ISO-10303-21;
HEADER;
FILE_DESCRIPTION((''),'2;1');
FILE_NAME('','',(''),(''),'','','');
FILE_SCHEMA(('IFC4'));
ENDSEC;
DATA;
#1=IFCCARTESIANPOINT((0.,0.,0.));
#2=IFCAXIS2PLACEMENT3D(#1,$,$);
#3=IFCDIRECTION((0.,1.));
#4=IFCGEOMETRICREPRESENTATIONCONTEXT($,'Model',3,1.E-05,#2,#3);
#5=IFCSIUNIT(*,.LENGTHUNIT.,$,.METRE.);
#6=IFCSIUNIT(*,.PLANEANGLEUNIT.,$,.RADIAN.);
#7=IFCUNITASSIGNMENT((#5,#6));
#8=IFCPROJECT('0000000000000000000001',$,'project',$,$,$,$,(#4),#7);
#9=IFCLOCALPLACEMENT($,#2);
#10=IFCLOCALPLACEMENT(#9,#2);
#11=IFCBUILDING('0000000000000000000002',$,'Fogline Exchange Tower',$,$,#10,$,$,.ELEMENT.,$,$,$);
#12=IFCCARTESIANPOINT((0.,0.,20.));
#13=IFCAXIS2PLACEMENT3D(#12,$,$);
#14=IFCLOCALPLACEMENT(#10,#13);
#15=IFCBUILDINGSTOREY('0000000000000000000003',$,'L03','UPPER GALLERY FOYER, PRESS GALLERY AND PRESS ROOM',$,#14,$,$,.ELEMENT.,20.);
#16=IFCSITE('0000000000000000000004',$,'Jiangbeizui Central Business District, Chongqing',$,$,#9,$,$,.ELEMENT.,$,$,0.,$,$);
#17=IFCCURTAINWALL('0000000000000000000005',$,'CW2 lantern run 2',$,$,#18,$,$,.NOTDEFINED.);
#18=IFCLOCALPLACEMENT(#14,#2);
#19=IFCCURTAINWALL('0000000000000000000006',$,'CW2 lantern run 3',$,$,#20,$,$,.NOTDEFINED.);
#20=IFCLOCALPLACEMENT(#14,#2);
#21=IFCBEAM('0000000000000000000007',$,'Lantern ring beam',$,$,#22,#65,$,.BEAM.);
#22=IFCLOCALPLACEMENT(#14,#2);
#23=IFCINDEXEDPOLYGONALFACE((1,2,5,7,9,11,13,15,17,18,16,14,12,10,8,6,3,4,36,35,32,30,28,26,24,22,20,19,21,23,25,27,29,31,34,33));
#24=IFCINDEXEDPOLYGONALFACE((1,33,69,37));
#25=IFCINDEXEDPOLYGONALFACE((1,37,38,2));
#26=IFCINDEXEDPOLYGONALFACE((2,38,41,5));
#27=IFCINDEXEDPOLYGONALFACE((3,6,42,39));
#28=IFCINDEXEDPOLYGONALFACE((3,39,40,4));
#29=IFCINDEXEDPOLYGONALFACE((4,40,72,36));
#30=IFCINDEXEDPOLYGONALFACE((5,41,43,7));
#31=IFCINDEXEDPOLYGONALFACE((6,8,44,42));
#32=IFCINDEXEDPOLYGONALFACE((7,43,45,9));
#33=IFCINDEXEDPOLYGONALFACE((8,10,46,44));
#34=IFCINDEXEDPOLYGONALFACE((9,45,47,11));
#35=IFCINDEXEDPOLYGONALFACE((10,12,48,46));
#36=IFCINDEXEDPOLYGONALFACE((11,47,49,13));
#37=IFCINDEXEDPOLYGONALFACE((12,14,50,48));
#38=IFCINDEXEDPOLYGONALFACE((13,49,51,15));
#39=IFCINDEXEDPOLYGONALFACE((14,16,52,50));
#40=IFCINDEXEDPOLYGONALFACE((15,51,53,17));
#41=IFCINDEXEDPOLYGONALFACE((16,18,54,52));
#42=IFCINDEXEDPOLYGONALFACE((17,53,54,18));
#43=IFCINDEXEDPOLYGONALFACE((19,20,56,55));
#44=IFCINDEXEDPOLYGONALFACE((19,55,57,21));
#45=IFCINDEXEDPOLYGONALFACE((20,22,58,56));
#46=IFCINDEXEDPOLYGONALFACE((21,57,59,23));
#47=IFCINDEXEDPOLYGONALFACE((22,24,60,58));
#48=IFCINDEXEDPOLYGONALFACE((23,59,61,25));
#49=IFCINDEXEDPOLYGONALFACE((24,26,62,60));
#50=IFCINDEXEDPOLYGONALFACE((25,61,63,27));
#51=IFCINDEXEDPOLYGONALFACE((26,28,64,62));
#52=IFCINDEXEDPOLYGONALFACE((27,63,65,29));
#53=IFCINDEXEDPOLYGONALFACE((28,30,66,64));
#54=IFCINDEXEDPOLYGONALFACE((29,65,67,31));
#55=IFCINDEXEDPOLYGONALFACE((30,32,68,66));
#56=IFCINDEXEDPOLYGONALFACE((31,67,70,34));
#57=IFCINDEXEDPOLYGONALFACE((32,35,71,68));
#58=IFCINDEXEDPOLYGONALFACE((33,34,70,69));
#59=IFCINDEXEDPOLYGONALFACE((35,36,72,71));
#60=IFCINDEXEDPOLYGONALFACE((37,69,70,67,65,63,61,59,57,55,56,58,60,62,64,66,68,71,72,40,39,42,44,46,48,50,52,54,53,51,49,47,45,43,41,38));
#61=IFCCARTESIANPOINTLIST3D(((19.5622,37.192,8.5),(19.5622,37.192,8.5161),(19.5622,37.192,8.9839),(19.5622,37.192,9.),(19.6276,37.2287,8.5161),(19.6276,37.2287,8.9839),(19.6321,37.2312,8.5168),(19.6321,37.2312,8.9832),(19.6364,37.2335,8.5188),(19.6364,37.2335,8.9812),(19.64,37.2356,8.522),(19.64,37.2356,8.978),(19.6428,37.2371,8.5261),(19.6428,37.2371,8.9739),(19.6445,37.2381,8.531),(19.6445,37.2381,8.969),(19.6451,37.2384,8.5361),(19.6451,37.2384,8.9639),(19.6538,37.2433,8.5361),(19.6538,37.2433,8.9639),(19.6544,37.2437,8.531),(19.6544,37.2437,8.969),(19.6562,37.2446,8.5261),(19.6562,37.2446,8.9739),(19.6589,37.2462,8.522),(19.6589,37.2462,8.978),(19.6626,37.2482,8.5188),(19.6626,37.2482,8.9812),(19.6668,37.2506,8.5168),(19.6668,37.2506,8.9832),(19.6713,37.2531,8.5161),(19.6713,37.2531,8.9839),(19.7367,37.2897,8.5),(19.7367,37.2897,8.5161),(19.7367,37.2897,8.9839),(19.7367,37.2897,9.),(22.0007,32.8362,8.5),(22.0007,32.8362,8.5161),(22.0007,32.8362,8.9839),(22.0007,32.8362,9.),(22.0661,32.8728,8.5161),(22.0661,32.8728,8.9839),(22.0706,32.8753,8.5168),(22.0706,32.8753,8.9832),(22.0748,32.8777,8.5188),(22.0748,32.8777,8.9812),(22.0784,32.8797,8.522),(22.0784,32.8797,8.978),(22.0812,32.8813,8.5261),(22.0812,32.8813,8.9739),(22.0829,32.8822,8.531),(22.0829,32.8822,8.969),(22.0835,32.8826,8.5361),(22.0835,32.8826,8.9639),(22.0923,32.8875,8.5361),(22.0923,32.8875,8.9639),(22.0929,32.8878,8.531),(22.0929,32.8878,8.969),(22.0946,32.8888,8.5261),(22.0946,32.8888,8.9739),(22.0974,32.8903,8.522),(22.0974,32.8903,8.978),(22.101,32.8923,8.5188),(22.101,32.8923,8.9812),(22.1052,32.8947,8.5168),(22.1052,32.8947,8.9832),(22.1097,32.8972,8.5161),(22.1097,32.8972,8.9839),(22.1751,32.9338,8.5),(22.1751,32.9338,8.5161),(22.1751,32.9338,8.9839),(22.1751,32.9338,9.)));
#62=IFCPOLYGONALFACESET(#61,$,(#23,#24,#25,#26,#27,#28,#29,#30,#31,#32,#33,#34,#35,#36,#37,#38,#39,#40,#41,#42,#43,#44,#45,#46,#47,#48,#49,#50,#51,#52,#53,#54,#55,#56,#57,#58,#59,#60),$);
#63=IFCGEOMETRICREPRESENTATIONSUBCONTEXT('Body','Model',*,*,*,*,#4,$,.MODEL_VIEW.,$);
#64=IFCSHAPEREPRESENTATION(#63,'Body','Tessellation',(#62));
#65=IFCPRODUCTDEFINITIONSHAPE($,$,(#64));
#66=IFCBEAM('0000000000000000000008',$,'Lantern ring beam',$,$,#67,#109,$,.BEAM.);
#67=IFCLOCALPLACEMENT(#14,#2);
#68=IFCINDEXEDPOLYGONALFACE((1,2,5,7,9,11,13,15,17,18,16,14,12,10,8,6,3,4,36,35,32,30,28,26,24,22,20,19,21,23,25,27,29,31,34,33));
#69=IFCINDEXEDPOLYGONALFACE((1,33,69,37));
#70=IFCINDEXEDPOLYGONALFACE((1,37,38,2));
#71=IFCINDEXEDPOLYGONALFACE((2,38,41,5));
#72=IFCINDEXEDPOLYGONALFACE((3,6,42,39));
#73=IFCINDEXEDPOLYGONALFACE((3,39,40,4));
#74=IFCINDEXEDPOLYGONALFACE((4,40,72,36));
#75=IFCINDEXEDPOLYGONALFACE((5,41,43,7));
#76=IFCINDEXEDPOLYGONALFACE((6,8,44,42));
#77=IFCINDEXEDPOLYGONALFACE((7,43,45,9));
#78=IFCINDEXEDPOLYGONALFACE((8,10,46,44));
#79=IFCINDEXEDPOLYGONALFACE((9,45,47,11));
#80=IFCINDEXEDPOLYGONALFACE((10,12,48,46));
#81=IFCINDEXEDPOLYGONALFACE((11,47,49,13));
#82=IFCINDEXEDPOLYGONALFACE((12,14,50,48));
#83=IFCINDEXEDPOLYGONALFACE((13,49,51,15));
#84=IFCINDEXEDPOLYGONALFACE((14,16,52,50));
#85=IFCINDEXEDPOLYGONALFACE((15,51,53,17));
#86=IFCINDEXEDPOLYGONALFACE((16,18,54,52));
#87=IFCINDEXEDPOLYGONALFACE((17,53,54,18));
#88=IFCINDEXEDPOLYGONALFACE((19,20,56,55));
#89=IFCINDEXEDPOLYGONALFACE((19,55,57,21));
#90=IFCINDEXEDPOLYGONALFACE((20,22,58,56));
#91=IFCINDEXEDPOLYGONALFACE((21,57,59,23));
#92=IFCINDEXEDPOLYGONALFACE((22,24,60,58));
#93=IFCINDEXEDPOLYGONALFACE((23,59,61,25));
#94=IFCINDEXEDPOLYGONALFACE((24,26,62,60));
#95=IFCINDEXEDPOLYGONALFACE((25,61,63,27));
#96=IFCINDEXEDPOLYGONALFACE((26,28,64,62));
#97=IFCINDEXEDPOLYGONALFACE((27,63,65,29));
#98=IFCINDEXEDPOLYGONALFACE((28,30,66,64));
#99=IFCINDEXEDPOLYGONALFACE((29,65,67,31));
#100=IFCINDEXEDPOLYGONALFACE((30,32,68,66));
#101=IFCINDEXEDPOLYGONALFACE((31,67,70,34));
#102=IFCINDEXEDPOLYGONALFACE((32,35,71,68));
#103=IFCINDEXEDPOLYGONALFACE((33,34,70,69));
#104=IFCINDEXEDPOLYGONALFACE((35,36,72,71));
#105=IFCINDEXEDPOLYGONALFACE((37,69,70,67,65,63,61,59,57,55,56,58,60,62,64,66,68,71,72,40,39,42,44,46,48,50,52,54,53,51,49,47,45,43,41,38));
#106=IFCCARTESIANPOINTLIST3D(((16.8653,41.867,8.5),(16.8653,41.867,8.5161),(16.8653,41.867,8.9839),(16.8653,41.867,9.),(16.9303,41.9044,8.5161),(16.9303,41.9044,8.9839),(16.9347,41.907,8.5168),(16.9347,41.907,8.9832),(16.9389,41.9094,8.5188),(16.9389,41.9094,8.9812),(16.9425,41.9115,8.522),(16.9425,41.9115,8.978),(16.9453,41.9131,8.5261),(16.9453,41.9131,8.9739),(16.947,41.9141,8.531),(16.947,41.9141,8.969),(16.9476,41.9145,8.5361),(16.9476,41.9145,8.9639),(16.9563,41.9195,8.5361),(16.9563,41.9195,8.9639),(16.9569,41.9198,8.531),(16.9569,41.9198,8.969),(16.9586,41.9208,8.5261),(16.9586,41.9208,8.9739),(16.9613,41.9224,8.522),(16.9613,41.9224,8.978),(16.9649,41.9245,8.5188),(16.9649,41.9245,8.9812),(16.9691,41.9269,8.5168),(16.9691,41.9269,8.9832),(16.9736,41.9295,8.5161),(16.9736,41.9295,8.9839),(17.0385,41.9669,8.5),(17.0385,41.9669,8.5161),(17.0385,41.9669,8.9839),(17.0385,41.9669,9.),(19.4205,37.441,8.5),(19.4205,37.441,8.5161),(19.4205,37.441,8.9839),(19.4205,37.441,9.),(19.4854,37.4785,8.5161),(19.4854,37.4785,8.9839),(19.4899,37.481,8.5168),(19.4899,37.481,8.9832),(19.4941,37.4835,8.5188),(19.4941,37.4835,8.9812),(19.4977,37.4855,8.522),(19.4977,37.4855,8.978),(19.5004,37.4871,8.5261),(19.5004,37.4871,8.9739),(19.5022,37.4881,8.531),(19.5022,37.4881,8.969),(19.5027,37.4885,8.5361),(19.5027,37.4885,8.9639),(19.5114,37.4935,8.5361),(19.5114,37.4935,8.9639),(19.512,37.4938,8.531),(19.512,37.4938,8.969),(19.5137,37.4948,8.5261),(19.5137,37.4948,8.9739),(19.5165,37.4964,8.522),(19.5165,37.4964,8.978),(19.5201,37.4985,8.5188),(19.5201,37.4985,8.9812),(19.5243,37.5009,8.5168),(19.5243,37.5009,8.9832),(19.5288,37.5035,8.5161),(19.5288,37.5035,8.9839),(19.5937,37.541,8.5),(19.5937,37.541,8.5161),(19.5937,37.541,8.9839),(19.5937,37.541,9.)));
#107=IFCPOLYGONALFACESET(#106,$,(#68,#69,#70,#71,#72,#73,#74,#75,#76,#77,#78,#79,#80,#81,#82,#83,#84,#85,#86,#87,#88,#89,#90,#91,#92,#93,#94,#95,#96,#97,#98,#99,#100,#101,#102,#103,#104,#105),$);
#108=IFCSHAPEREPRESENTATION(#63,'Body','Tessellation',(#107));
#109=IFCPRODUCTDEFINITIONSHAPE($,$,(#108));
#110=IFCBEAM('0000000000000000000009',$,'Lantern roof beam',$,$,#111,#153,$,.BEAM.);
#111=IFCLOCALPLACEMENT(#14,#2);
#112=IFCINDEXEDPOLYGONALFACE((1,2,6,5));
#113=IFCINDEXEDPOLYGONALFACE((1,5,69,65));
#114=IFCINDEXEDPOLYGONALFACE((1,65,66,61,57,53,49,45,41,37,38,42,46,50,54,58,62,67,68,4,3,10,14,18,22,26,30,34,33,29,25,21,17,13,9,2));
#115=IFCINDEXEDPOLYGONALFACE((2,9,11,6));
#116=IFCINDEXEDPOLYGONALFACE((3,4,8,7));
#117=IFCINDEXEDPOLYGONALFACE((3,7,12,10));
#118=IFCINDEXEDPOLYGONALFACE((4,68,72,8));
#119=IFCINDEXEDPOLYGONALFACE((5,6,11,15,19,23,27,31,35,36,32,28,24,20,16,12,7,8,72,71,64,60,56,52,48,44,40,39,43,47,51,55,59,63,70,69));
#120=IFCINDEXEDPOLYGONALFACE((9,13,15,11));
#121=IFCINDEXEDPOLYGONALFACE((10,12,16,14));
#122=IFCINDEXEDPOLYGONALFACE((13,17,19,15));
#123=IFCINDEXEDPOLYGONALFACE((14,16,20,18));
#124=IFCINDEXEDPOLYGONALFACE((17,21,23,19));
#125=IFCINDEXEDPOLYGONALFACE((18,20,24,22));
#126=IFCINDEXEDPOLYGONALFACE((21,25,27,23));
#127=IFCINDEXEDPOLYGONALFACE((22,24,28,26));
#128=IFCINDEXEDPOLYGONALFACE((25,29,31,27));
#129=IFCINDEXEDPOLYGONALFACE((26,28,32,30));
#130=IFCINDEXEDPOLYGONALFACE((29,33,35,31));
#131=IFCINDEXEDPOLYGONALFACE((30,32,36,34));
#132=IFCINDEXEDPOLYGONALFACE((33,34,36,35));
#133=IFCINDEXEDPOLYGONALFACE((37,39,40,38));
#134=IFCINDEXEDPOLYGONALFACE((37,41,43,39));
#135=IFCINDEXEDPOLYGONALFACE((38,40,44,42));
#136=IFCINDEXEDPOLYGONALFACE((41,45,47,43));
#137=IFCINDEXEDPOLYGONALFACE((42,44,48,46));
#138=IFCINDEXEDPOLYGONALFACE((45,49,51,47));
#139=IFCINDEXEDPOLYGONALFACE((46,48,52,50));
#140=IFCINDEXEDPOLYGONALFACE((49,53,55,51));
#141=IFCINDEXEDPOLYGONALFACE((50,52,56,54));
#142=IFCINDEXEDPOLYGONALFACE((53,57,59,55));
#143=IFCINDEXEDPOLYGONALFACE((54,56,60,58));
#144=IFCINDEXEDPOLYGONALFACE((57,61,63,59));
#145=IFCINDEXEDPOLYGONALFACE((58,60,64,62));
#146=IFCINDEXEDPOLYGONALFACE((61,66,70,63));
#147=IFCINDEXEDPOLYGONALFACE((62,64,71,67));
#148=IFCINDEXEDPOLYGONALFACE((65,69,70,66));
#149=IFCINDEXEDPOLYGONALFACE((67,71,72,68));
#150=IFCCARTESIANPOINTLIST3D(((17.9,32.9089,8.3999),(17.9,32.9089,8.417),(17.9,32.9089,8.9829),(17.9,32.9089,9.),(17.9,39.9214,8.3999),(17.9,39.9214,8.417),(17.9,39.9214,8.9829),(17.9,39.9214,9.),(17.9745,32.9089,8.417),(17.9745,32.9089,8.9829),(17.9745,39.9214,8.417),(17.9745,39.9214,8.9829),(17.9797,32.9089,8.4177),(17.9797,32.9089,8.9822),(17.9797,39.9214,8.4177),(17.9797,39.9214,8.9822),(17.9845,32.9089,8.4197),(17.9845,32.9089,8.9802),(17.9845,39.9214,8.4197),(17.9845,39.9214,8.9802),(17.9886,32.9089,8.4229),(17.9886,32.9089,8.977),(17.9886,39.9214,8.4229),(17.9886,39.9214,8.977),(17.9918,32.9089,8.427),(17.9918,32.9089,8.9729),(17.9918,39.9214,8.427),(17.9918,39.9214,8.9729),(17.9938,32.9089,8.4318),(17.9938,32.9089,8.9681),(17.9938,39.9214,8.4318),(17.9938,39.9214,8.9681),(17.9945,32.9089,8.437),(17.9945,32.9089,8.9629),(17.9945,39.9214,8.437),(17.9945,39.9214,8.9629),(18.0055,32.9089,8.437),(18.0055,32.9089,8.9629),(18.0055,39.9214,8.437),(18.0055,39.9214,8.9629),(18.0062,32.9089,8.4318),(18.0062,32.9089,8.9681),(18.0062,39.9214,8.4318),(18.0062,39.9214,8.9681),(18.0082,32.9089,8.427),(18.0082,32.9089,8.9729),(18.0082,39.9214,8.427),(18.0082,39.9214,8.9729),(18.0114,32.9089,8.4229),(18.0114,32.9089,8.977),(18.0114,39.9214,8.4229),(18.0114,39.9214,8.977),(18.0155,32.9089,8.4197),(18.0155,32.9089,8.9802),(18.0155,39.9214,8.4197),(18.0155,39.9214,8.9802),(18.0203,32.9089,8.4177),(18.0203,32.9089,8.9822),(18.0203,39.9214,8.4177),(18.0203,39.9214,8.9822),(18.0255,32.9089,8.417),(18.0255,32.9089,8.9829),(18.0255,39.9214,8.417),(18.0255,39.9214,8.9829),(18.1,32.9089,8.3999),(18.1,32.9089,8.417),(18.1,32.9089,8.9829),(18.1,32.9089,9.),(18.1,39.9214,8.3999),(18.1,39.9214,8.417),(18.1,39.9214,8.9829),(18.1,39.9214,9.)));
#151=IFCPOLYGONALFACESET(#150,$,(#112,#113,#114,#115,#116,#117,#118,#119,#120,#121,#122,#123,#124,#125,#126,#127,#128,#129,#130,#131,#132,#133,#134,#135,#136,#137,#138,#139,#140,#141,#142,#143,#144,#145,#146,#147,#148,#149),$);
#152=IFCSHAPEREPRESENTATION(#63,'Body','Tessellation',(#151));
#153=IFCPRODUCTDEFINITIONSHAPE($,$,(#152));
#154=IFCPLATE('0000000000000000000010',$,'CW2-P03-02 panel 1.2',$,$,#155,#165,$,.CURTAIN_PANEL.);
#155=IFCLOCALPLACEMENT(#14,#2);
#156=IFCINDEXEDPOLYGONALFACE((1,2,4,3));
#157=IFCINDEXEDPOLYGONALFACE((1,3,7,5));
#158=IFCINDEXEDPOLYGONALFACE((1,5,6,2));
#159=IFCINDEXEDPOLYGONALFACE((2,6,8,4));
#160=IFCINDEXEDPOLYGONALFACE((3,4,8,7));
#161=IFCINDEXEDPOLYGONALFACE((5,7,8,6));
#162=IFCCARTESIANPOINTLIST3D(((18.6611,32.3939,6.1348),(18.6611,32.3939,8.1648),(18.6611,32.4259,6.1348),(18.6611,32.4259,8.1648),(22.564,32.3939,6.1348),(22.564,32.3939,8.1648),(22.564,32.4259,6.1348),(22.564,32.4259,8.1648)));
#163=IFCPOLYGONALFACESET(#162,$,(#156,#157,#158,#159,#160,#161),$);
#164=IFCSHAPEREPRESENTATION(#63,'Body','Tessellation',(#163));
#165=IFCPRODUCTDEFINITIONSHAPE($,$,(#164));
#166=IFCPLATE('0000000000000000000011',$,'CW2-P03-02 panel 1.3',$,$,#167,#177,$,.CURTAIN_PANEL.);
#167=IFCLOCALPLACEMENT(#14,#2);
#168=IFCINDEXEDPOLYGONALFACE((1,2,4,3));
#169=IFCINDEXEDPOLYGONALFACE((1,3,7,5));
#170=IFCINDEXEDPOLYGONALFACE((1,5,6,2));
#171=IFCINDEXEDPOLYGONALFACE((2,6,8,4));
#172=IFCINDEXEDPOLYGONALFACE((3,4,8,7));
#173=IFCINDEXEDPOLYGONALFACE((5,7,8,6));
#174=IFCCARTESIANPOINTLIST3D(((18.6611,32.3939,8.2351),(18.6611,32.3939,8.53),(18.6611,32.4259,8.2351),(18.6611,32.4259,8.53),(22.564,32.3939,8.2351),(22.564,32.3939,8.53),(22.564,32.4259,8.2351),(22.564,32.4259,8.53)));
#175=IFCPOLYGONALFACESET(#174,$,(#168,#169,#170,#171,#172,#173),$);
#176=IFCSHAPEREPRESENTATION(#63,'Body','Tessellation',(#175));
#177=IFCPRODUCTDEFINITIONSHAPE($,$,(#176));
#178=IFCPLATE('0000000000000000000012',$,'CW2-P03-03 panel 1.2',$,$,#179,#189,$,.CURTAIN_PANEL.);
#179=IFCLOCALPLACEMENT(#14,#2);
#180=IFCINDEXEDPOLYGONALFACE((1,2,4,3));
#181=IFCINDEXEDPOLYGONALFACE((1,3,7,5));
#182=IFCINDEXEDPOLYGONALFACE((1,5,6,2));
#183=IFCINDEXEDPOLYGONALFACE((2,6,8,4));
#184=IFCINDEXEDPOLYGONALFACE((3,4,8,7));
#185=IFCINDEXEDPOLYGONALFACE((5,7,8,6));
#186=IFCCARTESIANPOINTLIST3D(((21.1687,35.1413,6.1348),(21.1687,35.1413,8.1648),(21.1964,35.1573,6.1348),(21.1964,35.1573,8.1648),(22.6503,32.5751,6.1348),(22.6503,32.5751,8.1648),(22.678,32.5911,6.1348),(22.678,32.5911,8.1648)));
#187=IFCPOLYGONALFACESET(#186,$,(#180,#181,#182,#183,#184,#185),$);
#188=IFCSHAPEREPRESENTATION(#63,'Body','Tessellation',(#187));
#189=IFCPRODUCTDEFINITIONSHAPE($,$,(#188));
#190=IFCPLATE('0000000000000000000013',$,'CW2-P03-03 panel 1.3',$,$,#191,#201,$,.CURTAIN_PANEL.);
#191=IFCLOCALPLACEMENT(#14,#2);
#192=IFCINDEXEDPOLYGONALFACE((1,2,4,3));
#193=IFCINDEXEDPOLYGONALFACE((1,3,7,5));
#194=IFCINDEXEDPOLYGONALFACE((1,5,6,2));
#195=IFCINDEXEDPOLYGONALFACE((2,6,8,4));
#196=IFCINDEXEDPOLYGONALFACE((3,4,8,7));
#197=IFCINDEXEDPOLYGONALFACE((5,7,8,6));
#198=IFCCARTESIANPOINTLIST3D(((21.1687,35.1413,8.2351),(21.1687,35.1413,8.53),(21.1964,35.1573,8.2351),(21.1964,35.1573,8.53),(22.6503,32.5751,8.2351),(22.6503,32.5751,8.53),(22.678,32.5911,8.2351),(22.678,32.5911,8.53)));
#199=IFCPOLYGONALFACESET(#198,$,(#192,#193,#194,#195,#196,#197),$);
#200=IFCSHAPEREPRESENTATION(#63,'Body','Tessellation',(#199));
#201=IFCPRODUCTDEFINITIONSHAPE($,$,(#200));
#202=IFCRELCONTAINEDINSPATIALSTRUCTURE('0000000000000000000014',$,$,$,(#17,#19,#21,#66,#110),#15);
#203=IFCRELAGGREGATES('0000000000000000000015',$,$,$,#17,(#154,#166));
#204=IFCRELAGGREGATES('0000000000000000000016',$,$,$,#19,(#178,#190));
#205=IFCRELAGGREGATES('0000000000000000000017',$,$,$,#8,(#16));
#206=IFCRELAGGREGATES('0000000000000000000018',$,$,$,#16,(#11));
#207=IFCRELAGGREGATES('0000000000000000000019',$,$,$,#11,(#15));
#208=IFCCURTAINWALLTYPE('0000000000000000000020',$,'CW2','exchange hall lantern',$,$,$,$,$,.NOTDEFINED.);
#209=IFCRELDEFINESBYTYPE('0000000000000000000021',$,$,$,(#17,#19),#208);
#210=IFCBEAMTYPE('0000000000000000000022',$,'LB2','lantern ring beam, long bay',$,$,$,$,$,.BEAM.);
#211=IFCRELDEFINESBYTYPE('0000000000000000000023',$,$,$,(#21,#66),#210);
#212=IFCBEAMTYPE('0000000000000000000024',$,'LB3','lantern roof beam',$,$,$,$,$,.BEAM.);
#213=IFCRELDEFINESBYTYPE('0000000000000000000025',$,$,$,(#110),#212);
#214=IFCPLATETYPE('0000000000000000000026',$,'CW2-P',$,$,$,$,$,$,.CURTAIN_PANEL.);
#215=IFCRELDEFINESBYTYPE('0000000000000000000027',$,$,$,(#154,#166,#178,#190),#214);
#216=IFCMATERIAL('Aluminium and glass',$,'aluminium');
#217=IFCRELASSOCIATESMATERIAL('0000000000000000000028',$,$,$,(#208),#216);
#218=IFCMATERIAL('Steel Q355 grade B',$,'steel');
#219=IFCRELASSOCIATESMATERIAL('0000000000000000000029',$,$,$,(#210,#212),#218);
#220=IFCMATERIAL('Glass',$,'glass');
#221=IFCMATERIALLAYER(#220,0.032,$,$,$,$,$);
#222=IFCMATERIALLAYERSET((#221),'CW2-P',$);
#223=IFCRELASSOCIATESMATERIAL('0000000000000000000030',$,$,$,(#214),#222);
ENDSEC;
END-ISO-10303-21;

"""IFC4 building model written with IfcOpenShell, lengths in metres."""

from ifc_helpers import new_model, si_unit, direction, frame, origin, origin_2d, place, context, subcontext, project, spatial, rectangle, i_section, extrude, material, layer, layer_set, material_profile, profile_set, type_object, element, aggregate, save


model = new_model("IFC4")

# Units and contexts
model_context = context("Model", 3, precision=1e-05, world=origin(), true_north=direction((0.0, 1.0)))
body_context = subcontext(model_context, "Body", "Model", "MODEL_VIEW")
ifc_project = project(units=[si_unit("LENGTHUNIT", "METRE"), si_unit("PLANEANGLEUNIT", "RADIAN")], contexts=[model_context])

# Site, building, storey
site_placement = place(None, origin())
site = spatial("IfcSite", under=ifc_project, at=site_placement, Name="Jiangbeizui Central Business District, Chongqing", CompositionType="ELEMENT", RefElevation=0.0)
building_placement = place(site_placement, origin())
building = spatial("IfcBuilding", under=site, at=building_placement, Name="Fogline Exchange Tower", CompositionType="ELEMENT")
storey_placement = place(building_placement, frame((0.0, 0.0, 20.0)))
storey = spatial("IfcBuildingStorey", under=building, at=storey_placement, Name="L03", Description="UPPER GALLERY FOYER, PRESS GALLERY AND PRESS ROOM", CompositionType="ELEMENT", Elevation=20.0)

# Curtain walls
ifc_material_1 = material(Name="Aluminium and glass", Category="aluminium")
curtain_wall_type = type_object("IfcCurtainWallType", Name="CW2", Description="exchange hall lantern", PredefinedType="NOTDEFINED", material=ifc_material_1)
curtain_wall_1_placement = place(storey_placement, origin())
curtain_wall_1 = element("IfcCurtainWall", 1, at=curtain_wall_1_placement, inside=storey, type_object=curtain_wall_type, Name="CW2 lantern run 2", PredefinedType="NOTDEFINED")
curtain_wall_2_placement = place(storey_placement, origin())
curtain_wall_2 = element("IfcCurtainWall", 2, at=curtain_wall_2_placement, inside=storey, type_object=curtain_wall_type, Name="CW2 lantern run 3", PredefinedType="NOTDEFINED")

# Beams
ifc_material_2 = material(Name="Steel Q355 grade B", Category="steel")
ifc_material_profile_1 = material_profile(ifc_material_2, i_section(OverallWidth=0.2, OverallDepth=0.5, WebThickness=0.01, FlangeThickness=0.0161, FilletRadius=0.02, at=origin_2d()), Name="HN500X200X10X16")
ifc_profile_set_1 = profile_set([ifc_material_profile_1], Name="Steel Q355 grade B")
beam_type_1 = type_object("IfcBeamType", Name="LB2", Description="lantern ring beam, long bay", PredefinedType="BEAM", material=ifc_profile_set_1)
beam_1_placement = place(storey_placement, frame((22.0879, 32.885, 8.75), z_axis=(-0.488472, 0.872579, 0.0), x_axis=(-0.872579, -0.488472, 0.0)))
element("IfcBeam", 3, at=beam_1_placement, inside=storey, type_object=beam_type_1, Name="Lantern ring beam", PredefinedType="BEAM", context=body_context, shape_type="SweptSolid", body=[
    extrude(i_section(OverallWidth=0.2, OverallDepth=0.5, WebThickness=0.01, FlangeThickness=0.0161, FilletRadius=0.02, at=origin_2d()), origin(), (0.0, 0.0, 1.0), 4.9919),
])
beam_2_placement = place(storey_placement, frame((19.5071, 37.491, 8.75), z_axis=(-0.499972, 0.866042, 0.0), x_axis=(-0.866042, -0.499972, 0.0)))
element("IfcBeam", 4, at=beam_2_placement, inside=storey, type_object=beam_type_1, Name="Lantern ring beam", PredefinedType="BEAM", context=body_context, shape_type="SweptSolid", body=[
    extrude(i_section(OverallWidth=0.2, OverallDepth=0.5, WebThickness=0.01, FlangeThickness=0.0161, FilletRadius=0.02, at=origin_2d()), origin(), (0.0, 0.0, 1.0), 5.1106),
])
ifc_material_profile_2 = material_profile(ifc_material_2, i_section(OverallWidth=0.2, OverallDepth=0.6001, WebThickness=0.011, FlangeThickness=0.0171, FilletRadius=0.02, at=origin_2d()), Name="HN600X200X11X17")
ifc_profile_set_2 = profile_set([ifc_material_profile_2], Name="Steel Q355 grade B")
beam_type_2 = type_object("IfcBeamType", Name="LB3", Description="lantern roof beam", PredefinedType="BEAM", material=ifc_profile_set_2)
beam_3_placement = place(storey_placement, frame((18.0, 32.9089, 8.7), z_axis=(0.0, 1.0, 0.0), x_axis=(-1.0, 0.0, 0.0)))
element("IfcBeam", 5, at=beam_3_placement, inside=storey, type_object=beam_type_2, Name="Lantern roof beam", PredefinedType="BEAM", context=body_context, shape_type="SweptSolid", body=[
    extrude(i_section(OverallWidth=0.2, OverallDepth=0.6001, WebThickness=0.011, FlangeThickness=0.0171, FilletRadius=0.02, at=origin_2d()), origin(), (0.0, 0.0, 1.0), 7.0125),
])

# Plates
ifc_material_3 = material(Name="Glass", Category="glass")
ifc_layer_1 = layer(ifc_material_3, 0.032)
ifc_layer_set_1 = layer_set([ifc_layer_1], Name="CW2-P")
plate_type = type_object("IfcPlateType", Name="CW2-P", PredefinedType="CURTAIN_PANEL", material=ifc_layer_set_1)
plate_1_placement = place(storey_placement, frame((20.6125, 32.4099, 6.1348), z_axis=(0.0, 0.0, 1.0), x_axis=(1.0, 0.0, 0.0)))
plate_1 = element("IfcPlate", 6, at=plate_1_placement, type_object=plate_type, Name="CW2-P03-02 panel 1.2", PredefinedType="CURTAIN_PANEL", context=body_context, shape_type="SweptSolid", body=[
    extrude(rectangle(XDim=3.9028, YDim=0.032, at=origin_2d()), origin(), (0.0, 0.0, 1.0), 2.03),
])
plate_2_placement = place(storey_placement, frame((20.6125, 32.4099, 8.2351), z_axis=(0.0, 0.0, 1.0), x_axis=(1.0, 0.0, 0.0)))
plate_2 = element("IfcPlate", 7, at=plate_2_placement, type_object=plate_type, Name="CW2-P03-02 panel 1.3", PredefinedType="CURTAIN_PANEL", context=body_context, shape_type="SweptSolid", body=[
    extrude(rectangle(XDim=3.9028, YDim=0.032, at=origin_2d()), origin(), (0.0, 0.0, 1.0), 0.2949),
])
aggregate(curtain_wall_1, [plate_1, plate_2])
plate_3_placement = place(storey_placement, frame((21.9233, 33.8662, 6.1348), z_axis=(0.0, 0.0, 1.0), x_axis=(-0.5, 0.866025, 0.0)))
plate_3 = element("IfcPlate", 8, at=plate_3_placement, type_object=plate_type, Name="CW2-P03-03 panel 1.2", PredefinedType="CURTAIN_PANEL", context=body_context, shape_type="SweptSolid", body=[
    extrude(rectangle(XDim=2.9631, YDim=0.032, at=origin_2d()), origin(), (0.0, 0.0, 1.0), 2.03),
])
plate_4_placement = place(storey_placement, frame((21.9233, 33.8662, 8.2351), z_axis=(0.0, 0.0, 1.0), x_axis=(-0.5, 0.866025, 0.0)))
plate_4 = element("IfcPlate", 9, at=plate_4_placement, type_object=plate_type, Name="CW2-P03-03 panel 1.3", PredefinedType="CURTAIN_PANEL", context=body_context, shape_type="SweptSolid", body=[
    extrude(rectangle(XDim=2.9631, YDim=0.032, at=origin_2d()), origin(), (0.0, 0.0, 1.0), 0.2949),
])
aggregate(curtain_wall_2, [plate_3, plate_4])

save(model, "model.ifc")
